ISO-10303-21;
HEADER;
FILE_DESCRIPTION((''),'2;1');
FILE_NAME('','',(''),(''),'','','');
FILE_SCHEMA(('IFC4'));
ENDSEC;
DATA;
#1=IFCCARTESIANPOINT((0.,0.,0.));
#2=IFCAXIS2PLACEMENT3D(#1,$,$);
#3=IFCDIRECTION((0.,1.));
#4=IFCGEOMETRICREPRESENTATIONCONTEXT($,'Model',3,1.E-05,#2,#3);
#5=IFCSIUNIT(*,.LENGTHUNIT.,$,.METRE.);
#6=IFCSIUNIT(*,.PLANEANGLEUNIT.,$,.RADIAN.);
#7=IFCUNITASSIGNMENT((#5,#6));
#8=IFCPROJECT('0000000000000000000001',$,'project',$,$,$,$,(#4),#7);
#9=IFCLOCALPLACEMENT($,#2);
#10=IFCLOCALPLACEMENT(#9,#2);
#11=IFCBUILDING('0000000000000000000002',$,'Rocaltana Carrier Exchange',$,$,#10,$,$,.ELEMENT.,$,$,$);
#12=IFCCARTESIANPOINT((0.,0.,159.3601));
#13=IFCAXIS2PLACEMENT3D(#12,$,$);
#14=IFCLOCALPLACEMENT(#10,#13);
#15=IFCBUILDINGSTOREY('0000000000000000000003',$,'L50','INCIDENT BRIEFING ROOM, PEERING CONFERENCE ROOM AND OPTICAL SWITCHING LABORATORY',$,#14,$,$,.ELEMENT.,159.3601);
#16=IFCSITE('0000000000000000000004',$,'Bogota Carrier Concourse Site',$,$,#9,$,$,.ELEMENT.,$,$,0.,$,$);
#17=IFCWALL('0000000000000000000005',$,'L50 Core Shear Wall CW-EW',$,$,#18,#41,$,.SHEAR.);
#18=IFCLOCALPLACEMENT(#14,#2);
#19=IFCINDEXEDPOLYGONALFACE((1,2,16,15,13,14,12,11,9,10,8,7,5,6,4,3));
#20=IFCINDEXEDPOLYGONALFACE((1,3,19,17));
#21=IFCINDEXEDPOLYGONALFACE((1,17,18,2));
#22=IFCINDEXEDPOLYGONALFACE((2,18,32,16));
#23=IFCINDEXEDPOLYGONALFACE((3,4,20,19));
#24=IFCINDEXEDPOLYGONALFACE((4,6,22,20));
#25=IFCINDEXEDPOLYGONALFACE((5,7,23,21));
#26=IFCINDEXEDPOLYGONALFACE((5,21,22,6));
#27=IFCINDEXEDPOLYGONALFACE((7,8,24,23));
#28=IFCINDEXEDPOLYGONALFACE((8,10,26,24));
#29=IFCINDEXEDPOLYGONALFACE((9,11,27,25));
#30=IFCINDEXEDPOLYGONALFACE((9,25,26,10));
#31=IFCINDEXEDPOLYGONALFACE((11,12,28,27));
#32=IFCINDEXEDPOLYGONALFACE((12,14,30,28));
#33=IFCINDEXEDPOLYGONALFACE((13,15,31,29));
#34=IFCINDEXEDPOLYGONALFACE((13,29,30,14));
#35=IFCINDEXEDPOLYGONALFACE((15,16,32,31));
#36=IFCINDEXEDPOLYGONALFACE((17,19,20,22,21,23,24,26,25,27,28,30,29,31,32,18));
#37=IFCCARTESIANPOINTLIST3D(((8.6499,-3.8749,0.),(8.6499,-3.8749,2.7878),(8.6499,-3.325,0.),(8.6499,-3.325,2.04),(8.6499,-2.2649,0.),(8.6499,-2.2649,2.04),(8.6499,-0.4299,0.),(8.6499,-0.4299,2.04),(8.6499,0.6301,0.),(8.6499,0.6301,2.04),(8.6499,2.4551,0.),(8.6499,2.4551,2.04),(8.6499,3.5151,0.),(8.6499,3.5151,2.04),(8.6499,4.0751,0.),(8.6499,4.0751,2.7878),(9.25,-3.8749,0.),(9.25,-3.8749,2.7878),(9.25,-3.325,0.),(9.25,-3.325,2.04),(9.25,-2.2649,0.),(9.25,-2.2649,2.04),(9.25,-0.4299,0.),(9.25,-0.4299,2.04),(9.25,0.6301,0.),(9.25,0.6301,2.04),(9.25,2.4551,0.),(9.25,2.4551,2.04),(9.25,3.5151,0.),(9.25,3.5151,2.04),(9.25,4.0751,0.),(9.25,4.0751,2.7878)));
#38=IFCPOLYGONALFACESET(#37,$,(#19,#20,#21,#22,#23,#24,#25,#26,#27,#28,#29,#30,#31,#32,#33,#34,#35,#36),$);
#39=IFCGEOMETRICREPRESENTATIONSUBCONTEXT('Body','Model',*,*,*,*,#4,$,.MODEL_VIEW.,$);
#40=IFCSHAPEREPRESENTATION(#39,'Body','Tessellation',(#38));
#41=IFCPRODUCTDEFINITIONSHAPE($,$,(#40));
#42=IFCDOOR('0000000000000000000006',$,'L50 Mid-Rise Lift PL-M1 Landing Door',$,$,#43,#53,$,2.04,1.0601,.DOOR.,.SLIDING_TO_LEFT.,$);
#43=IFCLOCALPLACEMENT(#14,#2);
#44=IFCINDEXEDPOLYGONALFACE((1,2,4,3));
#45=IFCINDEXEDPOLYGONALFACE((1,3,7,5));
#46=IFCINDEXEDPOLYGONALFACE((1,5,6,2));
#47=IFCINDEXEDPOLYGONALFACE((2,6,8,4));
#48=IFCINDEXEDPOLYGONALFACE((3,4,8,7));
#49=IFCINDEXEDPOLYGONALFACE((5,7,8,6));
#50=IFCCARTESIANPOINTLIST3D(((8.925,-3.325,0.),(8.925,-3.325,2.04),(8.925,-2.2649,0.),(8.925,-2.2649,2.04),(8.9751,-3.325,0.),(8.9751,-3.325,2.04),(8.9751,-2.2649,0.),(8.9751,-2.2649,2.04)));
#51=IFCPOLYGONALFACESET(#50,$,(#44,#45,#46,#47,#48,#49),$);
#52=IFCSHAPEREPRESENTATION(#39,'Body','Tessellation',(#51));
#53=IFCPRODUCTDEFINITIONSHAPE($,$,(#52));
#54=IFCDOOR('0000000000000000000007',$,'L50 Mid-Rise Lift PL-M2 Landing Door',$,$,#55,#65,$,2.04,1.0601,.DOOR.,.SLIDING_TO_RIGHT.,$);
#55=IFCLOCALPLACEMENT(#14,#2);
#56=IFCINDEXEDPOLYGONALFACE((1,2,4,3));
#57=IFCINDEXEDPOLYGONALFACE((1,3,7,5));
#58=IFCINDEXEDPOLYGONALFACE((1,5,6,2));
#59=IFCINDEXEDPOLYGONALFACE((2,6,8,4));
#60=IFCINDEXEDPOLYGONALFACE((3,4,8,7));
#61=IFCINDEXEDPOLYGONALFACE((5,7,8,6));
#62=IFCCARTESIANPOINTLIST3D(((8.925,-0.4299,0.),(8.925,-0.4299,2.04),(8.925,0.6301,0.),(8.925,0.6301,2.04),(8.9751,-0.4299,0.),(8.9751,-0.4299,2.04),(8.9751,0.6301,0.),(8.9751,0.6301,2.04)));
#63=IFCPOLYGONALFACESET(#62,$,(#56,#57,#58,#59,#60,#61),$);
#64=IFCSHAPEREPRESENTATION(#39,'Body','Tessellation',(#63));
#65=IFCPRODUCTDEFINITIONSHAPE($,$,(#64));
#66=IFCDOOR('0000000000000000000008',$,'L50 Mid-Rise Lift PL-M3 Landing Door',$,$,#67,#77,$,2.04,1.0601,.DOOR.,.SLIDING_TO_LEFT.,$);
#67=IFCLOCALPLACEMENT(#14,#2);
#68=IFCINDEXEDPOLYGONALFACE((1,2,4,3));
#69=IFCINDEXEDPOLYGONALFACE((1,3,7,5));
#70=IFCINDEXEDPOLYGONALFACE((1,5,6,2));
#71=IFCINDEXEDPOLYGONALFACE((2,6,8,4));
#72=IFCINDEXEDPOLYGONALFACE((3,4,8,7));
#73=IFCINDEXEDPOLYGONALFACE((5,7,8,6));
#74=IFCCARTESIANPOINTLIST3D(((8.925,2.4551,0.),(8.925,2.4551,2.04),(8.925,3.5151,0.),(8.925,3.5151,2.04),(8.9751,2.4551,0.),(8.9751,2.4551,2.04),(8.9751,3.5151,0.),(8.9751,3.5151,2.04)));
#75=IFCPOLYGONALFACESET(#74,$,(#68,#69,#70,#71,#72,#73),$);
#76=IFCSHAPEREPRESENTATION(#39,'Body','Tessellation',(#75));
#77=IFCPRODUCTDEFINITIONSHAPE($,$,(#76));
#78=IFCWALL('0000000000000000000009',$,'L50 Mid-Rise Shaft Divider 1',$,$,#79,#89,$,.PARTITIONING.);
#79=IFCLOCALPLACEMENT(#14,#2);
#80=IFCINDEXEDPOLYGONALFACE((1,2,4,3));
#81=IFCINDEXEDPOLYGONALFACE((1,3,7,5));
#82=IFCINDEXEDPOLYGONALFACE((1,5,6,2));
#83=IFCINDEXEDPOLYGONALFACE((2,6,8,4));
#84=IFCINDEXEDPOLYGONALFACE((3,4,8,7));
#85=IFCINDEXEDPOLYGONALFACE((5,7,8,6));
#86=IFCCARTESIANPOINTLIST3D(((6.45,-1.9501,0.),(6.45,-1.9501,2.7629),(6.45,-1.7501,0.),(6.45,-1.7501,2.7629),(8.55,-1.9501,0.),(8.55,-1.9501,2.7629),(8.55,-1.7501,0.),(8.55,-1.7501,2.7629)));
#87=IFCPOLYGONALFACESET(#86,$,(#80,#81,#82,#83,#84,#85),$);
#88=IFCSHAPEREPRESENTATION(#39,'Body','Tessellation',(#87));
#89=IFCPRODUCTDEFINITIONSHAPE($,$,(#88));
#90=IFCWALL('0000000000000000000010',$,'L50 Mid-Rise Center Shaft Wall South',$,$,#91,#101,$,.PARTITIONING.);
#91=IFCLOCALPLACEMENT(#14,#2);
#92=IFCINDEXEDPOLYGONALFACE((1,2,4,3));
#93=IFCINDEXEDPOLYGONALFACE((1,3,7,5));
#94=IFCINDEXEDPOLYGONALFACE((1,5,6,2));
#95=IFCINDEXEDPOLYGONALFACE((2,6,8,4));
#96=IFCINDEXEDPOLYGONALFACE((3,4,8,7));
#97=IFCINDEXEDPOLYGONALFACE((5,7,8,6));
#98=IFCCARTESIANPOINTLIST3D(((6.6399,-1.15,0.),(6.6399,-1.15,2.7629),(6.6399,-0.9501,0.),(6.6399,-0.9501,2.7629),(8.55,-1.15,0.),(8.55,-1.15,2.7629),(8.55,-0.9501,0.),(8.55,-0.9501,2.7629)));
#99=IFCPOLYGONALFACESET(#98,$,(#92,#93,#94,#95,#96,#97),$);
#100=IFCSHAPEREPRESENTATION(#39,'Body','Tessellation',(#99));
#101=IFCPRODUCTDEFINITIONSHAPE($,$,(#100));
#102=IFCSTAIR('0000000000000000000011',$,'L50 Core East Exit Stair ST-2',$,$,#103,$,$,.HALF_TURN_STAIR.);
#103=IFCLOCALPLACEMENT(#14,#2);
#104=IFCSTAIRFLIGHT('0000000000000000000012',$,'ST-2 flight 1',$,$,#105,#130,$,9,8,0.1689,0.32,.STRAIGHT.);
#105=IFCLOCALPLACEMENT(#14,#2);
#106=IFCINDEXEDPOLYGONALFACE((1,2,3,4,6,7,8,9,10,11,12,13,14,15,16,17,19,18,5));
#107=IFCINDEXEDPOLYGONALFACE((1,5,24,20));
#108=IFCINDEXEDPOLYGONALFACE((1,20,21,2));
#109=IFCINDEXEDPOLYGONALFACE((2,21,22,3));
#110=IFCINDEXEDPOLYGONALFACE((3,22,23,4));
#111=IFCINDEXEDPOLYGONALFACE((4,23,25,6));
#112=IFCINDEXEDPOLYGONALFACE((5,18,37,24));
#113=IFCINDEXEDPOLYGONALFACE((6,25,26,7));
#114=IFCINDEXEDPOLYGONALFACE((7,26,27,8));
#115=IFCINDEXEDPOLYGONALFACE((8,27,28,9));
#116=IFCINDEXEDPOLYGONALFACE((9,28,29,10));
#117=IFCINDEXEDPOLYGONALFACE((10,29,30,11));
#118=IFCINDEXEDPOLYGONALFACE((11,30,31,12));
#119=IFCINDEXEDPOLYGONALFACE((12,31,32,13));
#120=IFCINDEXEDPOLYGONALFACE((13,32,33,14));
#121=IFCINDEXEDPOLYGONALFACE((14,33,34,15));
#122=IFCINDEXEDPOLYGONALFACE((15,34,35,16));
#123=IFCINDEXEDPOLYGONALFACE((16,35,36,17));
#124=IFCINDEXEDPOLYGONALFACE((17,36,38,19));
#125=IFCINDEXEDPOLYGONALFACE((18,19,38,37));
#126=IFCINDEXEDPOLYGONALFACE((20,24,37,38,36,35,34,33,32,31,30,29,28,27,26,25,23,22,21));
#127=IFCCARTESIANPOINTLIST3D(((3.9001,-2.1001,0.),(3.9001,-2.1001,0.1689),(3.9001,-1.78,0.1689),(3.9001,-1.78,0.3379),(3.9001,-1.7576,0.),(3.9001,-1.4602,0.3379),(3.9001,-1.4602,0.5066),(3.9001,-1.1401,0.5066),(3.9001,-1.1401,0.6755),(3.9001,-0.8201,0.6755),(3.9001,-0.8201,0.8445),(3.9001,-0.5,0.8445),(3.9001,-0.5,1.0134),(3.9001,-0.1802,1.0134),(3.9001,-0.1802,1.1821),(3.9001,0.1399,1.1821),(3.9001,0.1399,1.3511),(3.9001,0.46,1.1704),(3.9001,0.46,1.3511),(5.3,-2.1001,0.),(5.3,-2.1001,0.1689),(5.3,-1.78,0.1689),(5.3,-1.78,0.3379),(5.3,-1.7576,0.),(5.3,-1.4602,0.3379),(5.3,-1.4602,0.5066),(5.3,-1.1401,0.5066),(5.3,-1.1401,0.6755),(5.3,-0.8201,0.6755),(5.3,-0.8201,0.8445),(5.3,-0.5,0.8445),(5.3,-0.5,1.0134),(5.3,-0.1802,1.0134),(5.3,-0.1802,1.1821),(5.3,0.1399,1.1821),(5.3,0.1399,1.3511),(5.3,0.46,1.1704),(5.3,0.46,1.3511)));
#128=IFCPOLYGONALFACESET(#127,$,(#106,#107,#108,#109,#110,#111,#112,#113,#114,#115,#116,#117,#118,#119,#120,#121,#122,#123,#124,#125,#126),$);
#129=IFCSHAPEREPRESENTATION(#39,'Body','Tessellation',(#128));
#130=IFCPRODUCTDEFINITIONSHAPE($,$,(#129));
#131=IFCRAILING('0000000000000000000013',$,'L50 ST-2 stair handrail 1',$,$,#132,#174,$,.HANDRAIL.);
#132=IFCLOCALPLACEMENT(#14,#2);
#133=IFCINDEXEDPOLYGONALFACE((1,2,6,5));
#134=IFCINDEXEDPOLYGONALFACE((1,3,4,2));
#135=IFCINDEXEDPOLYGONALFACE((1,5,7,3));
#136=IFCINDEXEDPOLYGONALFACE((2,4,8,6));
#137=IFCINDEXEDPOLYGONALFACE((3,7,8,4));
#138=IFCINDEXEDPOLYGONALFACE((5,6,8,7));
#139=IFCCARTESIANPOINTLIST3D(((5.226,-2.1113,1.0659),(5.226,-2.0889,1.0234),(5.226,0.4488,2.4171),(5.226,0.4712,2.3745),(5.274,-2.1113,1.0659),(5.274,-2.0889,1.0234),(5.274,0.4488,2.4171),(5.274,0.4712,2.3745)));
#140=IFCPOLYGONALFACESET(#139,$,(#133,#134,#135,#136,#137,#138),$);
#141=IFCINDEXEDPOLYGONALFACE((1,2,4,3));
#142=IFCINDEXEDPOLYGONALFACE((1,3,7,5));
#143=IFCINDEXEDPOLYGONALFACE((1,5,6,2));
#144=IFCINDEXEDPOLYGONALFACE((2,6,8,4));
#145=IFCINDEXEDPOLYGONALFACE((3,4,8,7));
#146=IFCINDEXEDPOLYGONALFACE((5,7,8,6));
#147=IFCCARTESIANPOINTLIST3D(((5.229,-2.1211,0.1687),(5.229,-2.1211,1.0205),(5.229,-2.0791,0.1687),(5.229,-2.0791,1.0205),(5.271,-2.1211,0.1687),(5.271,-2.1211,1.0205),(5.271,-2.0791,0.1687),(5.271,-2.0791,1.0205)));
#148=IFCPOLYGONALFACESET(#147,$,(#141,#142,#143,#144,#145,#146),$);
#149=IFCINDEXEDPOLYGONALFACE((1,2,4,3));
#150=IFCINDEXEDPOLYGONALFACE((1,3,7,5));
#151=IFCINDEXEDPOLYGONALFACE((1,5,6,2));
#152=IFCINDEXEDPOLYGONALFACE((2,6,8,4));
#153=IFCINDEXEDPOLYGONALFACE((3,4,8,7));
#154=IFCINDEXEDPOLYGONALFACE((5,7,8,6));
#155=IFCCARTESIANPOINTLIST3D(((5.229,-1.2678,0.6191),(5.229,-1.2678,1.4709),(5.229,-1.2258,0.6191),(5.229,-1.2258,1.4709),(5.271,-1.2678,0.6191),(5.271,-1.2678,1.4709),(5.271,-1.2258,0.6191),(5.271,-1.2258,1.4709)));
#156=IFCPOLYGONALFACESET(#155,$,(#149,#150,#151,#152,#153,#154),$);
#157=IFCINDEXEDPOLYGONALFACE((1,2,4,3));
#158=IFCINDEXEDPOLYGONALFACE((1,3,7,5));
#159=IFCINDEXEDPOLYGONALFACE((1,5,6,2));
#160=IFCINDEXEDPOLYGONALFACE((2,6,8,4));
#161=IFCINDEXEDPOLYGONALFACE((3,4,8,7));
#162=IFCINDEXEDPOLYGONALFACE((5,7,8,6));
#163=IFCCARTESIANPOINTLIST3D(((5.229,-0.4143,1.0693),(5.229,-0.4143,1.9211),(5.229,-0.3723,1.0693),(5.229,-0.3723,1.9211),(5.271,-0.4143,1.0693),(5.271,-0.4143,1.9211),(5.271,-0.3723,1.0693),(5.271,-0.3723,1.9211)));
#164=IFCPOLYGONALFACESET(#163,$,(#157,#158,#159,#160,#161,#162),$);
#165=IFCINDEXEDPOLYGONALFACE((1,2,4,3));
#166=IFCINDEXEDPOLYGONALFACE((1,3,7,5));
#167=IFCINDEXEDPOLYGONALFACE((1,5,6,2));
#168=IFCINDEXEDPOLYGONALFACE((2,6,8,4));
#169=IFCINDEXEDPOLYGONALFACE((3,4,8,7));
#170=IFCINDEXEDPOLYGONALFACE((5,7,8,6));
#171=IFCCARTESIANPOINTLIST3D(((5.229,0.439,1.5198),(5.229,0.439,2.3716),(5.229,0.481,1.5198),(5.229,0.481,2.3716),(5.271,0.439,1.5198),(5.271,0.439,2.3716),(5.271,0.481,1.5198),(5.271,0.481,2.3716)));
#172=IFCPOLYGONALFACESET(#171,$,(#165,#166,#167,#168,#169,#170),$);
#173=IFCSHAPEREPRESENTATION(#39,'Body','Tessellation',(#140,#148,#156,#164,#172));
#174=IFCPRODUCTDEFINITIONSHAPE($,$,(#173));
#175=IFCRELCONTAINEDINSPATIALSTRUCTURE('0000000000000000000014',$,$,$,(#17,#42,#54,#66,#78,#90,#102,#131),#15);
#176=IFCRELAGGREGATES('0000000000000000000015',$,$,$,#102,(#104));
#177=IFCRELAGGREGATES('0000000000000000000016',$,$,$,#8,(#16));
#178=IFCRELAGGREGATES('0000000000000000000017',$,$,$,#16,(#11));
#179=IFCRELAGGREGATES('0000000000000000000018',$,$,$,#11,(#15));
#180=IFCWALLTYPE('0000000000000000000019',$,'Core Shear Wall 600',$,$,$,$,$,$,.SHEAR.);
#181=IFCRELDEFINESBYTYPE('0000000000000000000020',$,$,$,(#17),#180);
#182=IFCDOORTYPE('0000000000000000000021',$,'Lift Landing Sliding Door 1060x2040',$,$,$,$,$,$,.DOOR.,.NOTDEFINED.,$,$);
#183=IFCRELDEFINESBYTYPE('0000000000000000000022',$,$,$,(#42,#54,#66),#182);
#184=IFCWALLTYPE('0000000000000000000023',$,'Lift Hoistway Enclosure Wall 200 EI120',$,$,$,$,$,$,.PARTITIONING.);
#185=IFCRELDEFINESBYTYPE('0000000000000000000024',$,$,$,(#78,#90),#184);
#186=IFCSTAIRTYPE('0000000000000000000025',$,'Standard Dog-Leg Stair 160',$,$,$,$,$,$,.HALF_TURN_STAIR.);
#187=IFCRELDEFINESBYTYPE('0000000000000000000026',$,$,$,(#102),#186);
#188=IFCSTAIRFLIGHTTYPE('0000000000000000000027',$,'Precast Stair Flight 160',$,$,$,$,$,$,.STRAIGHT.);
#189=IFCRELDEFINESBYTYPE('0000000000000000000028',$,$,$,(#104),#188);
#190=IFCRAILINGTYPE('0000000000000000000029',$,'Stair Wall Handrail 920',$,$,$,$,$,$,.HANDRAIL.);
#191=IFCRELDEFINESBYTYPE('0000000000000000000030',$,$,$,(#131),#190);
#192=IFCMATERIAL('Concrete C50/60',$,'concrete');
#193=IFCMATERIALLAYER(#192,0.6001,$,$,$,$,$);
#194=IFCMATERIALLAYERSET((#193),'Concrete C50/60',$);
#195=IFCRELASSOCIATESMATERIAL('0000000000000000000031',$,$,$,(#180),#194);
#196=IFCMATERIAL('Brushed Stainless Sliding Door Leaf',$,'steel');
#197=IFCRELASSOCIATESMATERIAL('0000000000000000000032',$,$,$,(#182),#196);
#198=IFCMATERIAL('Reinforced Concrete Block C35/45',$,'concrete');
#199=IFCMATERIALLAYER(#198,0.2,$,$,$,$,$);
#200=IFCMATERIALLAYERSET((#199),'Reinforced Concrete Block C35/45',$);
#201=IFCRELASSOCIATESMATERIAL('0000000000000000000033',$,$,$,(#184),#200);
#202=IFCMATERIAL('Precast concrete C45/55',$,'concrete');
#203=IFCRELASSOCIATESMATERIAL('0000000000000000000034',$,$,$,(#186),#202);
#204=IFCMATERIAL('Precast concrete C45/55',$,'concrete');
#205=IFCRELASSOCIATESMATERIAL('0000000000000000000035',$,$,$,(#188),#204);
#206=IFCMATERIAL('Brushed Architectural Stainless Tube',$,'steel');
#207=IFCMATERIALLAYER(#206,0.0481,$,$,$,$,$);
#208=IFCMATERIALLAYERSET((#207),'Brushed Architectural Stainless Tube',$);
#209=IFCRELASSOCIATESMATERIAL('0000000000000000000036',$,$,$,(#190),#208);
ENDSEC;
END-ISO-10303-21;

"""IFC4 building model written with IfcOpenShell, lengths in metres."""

from ifc_helpers import new_model, si_unit, direction, frame, frame_2d, origin, origin_2d, place, context, subcontext, project, spatial, polyline, rectangle, outline, extrude, material, layer, layer_set, type_object, element, fill, aggregate, save


model = new_model("IFC4")

# Units and contexts
model_context = context("Model", 3, precision=1e-05, world=origin(), true_north=direction((0.0, 1.0)))
body_context = subcontext(model_context, "Body", "Model", "MODEL_VIEW")
ifc_project = project(units=[si_unit("LENGTHUNIT", "METRE"), si_unit("PLANEANGLEUNIT", "RADIAN")], contexts=[model_context])

# Site, building, storey
site_placement = place(None, origin())
site = spatial("IfcSite", under=ifc_project, at=site_placement, Name="Bogota Carrier Concourse Site", CompositionType="ELEMENT", RefElevation=0.0)
building_placement = place(site_placement, origin())
building = spatial("IfcBuilding", under=site, at=building_placement, Name="Rocaltana Carrier Exchange", CompositionType="ELEMENT")
storey_placement = place(building_placement, frame((0.0, 0.0, 159.3601)))
storey = spatial("IfcBuildingStorey", under=building, at=storey_placement, Name="L50", Description="INCIDENT BRIEFING ROOM, PEERING CONFERENCE ROOM AND OPTICAL SWITCHING LABORATORY", CompositionType="ELEMENT", Elevation=159.3601)

# Shared definitions
ifc_material_1 = material(Name="Concrete C50/60", Category="concrete")
ifc_layer_1 = layer(ifc_material_1, 0.6001)
ifc_layer_set_1 = layer_set([ifc_layer_1], Name="Concrete C50/60")
wall_type_1 = type_object("IfcWallType", Name="Core Shear Wall 600", PredefinedType="SHEAR", material=ifc_layer_set_1)

# Wall, openings, doors
wall_1_placement = place(storey_placement, frame((8.95, -3.875, 0.0), z_axis=(0.0, 0.0, 1.0), x_axis=(0.0, 1.0, 0.0)))
wall_1 = element("IfcWall", 1, at=wall_1_placement, inside=storey, type_object=wall_type_1, Name="L50 Core Shear Wall CW-EW", PredefinedType="SHEAR", context=body_context, shape_type="SweptSolid", body=[
    extrude(rectangle(XDim=7.95, YDim=0.6001, at=frame_2d((3.9751, 0.0))), origin(), (0.0, 0.0, 1.0), 2.7878),
])
opening_1_placement = place(wall_1_placement, frame((0.55, 0.0, 0.0)))
opening_1 = element("IfcOpeningElement", 2, at=opening_1_placement, cuts=wall_1, PredefinedType="OPENING", context=body_context, shape_type="SweptSolid", body=[
    extrude(rectangle(XDim=1.0601, YDim=2.04, at=frame_2d((0.53, 1.02))), frame((0.0, 0.3101, 0.0), z_axis=(0.0, -1.0, 0.0), x_axis=(1.0, 0.0, 0.0)), (0.0, 0.0, 1.0), 0.6201),
])
opening_2_placement = place(wall_1_placement, frame((3.4451, 0.0, 0.0)))
opening_2 = element("IfcOpeningElement", 3, at=opening_2_placement, cuts=wall_1, PredefinedType="OPENING", context=body_context, shape_type="SweptSolid", body=[
    extrude(rectangle(XDim=1.0601, YDim=2.04, at=frame_2d((0.53, 1.02))), frame((0.0, 0.3101, 0.0), z_axis=(0.0, -1.0, 0.0), x_axis=(1.0, 0.0, 0.0)), (0.0, 0.0, 1.0), 0.6201),
])
opening_3_placement = place(wall_1_placement, frame((6.3301, 0.0, 0.0)))
opening_3 = element("IfcOpeningElement", 4, at=opening_3_placement, cuts=wall_1, PredefinedType="OPENING", context=body_context, shape_type="SweptSolid", body=[
    extrude(rectangle(XDim=1.0601, YDim=2.04, at=frame_2d((0.53, 1.02))), frame((0.0, 0.3101, 0.0), z_axis=(0.0, -1.0, 0.0), x_axis=(1.0, 0.0, 0.0)), (0.0, 0.0, 1.0), 0.6201),
])
ifc_material_2 = material(Name="Brushed Stainless Sliding Door Leaf", Category="steel")
door_type = type_object("IfcDoorType", Name="Lift Landing Sliding Door 1060x2040", OperationType="NOTDEFINED", PredefinedType="DOOR", material=ifc_material_2)
door_1_placement = place(opening_1_placement, origin())
door_1 = element("IfcDoor", 5, at=door_1_placement, inside=storey, type_object=door_type, Name="L50 Mid-Rise Lift PL-M1 Landing Door", OperationType="SLIDING_TO_LEFT", OverallHeight=2.04, OverallWidth=1.0601, PredefinedType="DOOR", context=body_context, shape_type="SweptSolid", body=[
    extrude(rectangle(XDim=1.0601, YDim=2.04, at=frame_2d((0.53, 1.02))), frame((0.0, 0.0249, 0.0), z_axis=(0.0, -1.0, 0.0), x_axis=(1.0, 0.0, 0.0)), (0.0, 0.0, 1.0), 0.05),
])
fill(opening_1, door_1)
door_2_placement = place(opening_2_placement, origin())
door_2 = element("IfcDoor", 6, at=door_2_placement, inside=storey, type_object=door_type, Name="L50 Mid-Rise Lift PL-M2 Landing Door", OperationType="SLIDING_TO_RIGHT", OverallHeight=2.04, OverallWidth=1.0601, PredefinedType="DOOR", context=body_context, shape_type="SweptSolid", body=[
    extrude(rectangle(XDim=1.0601, YDim=2.04, at=frame_2d((0.53, 1.02))), frame((0.0, 0.0249, 0.0), z_axis=(0.0, -1.0, 0.0), x_axis=(1.0, 0.0, 0.0)), (0.0, 0.0, 1.0), 0.05),
])
fill(opening_2, door_2)
door_3_placement = place(opening_3_placement, origin())
door_3 = element("IfcDoor", 7, at=door_3_placement, inside=storey, type_object=door_type, Name="L50 Mid-Rise Lift PL-M3 Landing Door", OperationType="SLIDING_TO_LEFT", OverallHeight=2.04, OverallWidth=1.0601, PredefinedType="DOOR", context=body_context, shape_type="SweptSolid", body=[
    extrude(rectangle(XDim=1.0601, YDim=2.04, at=frame_2d((0.53, 1.02))), frame((0.0, 0.0249, 0.0), z_axis=(0.0, -1.0, 0.0), x_axis=(1.0, 0.0, 0.0)), (0.0, 0.0, 1.0), 0.05),
])
fill(opening_3, door_3)

# Walls
ifc_material_3 = material(Name="Reinforced Concrete Block C35/45", Category="concrete")
ifc_layer_2 = layer(ifc_material_3, 0.2)
ifc_layer_set_2 = layer_set([ifc_layer_2], Name="Reinforced Concrete Block C35/45")
wall_type_2 = type_object("IfcWallType", Name="Lift Hoistway Enclosure Wall 200 EI120", PredefinedType="PARTITIONING", material=ifc_layer_set_2)
wall_2_placement = place(storey_placement, frame((6.45, -1.8501, 0.0), z_axis=(0.0, 0.0, 1.0), x_axis=(1.0, 0.0, 0.0)))
element("IfcWall", 8, at=wall_2_placement, inside=storey, type_object=wall_type_2, Name="L50 Mid-Rise Shaft Divider 1", PredefinedType="PARTITIONING", context=body_context, shape_type="SweptSolid", body=[
    extrude(rectangle(XDim=2.1001, YDim=0.2, at=frame_2d((1.05, 0.0))), origin(), (0.0, 0.0, 1.0), 2.7629),
])
wall_3_placement = place(storey_placement, frame((6.6399, -1.05, 0.0), z_axis=(0.0, 0.0, 1.0), x_axis=(1.0, 0.0, 0.0)))
element("IfcWall", 9, at=wall_3_placement, inside=storey, type_object=wall_type_2, Name="L50 Mid-Rise Center Shaft Wall South", PredefinedType="PARTITIONING", context=body_context, shape_type="SweptSolid", body=[
    extrude(rectangle(XDim=1.9102, YDim=0.2, at=frame_2d((0.9551, 0.0))), origin(), (0.0, 0.0, 1.0), 2.7629),
])

# Stair, stair flight
ifc_material_4 = material(Name="Precast concrete C45/55", Category="concrete")
stair_type = type_object("IfcStairType", Name="Standard Dog-Leg Stair 160", PredefinedType="HALF_TURN_STAIR", material=ifc_material_4)
stair_placement = place(storey_placement, origin())
stair = element("IfcStair", 10, at=stair_placement, inside=storey, type_object=stair_type, Name="L50 Core East Exit Stair ST-2", PredefinedType="HALF_TURN_STAIR")
ifc_material_5 = material(Name="Precast concrete C45/55", Category="concrete")
stair_flight_type = type_object("IfcStairFlightType", Name="Precast Stair Flight 160", PredefinedType="STRAIGHT", material=ifc_material_5)
stair_flight_placement = place(storey_placement, frame((4.6001, -2.1001, 0.0), z_axis=(0.0, 0.0, 1.0), x_axis=(0.0, 1.0, 0.0)))
stair_flight = element("IfcStairFlight", 11, at=stair_flight_placement, type_object=stair_flight_type, Name="ST-2 flight 1", NumberOfRisers=9, NumberOfTreads=8, PredefinedType="STRAIGHT", RiserHeight=0.1689, TreadLength=0.32, context=body_context, shape_type="SweptSolid", body=[
    extrude(outline(polyline([(0.0, 0.0), (0.0, 0.1689), (0.3201, 0.1689), (0.3201, 0.3379), (0.6399, 0.3379), (0.6399, 0.5066), (0.96, 0.5066), (0.96, 0.6755), (1.28, 0.6755), (1.28, 0.8445), (1.6001, 0.8445), (1.6001, 1.0134), (1.9199, 1.0134), (1.9199, 1.1821), (2.24, 1.1821), (2.24, 1.3511), (2.5601, 1.3511), (2.5601, 1.52), (2.5601, 1.1704), (0.3425, 0.0), (0.0, 0.0)])), frame((0.0, 0.7, 0.0), z_axis=(0.0, -1.0, 0.0), x_axis=(1.0, 0.0, 0.0)), (0.0, 0.0, 1.0), 1.3999),
])
aggregate(stair, [stair_flight])

# Railing
ifc_material_6 = material(Name="Brushed Architectural Stainless Tube", Category="steel")
ifc_layer_3 = layer(ifc_material_6, 0.0481)
ifc_layer_set_3 = layer_set([ifc_layer_3], Name="Brushed Architectural Stainless Tube")
railing_type_1 = type_object("IfcRailingType", Name="Stair Wall Handrail 920", PredefinedType="HANDRAIL", material=ifc_layer_set_3)
railing_1_placement = place(storey_placement, frame((5.25, -2.1001, 0.1687)))
element("IfcRailing", 12, at=railing_1_placement, inside=storey, type_object=railing_type_1, Name="L50 ST-2 stair handrail 1", PredefinedType="HANDRAIL", context=body_context, shape_type="SweptSolid", body=[
    extrude(rectangle(XDim=0.0481, YDim=0.0481, at=origin_2d()), frame((0.0, 0.0, 0.876), z_axis=(0.0, 0.884394, 0.46674), x_axis=(-1.0, 0.0, 0.0)), (0.0, 0.0, 1.0), 2.8948),
    extrude(rectangle(XDim=0.042, YDim=0.042, at=origin_2d()), origin(), (0.0, 0.0, 1.0), 0.8518),
    extrude(rectangle(XDim=0.042, YDim=0.042, at=origin_2d()), frame((0.0, 0.8533, 0.4504)), (0.0, 0.0, 1.0), 0.8518),
    extrude(rectangle(XDim=0.042, YDim=0.042, at=origin_2d()), frame((0.0, 1.7068, 0.9006)), (0.0, 0.0, 1.0), 0.8518),
    extrude(rectangle(XDim=0.042, YDim=0.042, at=origin_2d()), frame((0.0, 2.5601, 1.3511)), (0.0, 0.0, 1.0), 0.8518),
])

save(model, "model.ifc")
